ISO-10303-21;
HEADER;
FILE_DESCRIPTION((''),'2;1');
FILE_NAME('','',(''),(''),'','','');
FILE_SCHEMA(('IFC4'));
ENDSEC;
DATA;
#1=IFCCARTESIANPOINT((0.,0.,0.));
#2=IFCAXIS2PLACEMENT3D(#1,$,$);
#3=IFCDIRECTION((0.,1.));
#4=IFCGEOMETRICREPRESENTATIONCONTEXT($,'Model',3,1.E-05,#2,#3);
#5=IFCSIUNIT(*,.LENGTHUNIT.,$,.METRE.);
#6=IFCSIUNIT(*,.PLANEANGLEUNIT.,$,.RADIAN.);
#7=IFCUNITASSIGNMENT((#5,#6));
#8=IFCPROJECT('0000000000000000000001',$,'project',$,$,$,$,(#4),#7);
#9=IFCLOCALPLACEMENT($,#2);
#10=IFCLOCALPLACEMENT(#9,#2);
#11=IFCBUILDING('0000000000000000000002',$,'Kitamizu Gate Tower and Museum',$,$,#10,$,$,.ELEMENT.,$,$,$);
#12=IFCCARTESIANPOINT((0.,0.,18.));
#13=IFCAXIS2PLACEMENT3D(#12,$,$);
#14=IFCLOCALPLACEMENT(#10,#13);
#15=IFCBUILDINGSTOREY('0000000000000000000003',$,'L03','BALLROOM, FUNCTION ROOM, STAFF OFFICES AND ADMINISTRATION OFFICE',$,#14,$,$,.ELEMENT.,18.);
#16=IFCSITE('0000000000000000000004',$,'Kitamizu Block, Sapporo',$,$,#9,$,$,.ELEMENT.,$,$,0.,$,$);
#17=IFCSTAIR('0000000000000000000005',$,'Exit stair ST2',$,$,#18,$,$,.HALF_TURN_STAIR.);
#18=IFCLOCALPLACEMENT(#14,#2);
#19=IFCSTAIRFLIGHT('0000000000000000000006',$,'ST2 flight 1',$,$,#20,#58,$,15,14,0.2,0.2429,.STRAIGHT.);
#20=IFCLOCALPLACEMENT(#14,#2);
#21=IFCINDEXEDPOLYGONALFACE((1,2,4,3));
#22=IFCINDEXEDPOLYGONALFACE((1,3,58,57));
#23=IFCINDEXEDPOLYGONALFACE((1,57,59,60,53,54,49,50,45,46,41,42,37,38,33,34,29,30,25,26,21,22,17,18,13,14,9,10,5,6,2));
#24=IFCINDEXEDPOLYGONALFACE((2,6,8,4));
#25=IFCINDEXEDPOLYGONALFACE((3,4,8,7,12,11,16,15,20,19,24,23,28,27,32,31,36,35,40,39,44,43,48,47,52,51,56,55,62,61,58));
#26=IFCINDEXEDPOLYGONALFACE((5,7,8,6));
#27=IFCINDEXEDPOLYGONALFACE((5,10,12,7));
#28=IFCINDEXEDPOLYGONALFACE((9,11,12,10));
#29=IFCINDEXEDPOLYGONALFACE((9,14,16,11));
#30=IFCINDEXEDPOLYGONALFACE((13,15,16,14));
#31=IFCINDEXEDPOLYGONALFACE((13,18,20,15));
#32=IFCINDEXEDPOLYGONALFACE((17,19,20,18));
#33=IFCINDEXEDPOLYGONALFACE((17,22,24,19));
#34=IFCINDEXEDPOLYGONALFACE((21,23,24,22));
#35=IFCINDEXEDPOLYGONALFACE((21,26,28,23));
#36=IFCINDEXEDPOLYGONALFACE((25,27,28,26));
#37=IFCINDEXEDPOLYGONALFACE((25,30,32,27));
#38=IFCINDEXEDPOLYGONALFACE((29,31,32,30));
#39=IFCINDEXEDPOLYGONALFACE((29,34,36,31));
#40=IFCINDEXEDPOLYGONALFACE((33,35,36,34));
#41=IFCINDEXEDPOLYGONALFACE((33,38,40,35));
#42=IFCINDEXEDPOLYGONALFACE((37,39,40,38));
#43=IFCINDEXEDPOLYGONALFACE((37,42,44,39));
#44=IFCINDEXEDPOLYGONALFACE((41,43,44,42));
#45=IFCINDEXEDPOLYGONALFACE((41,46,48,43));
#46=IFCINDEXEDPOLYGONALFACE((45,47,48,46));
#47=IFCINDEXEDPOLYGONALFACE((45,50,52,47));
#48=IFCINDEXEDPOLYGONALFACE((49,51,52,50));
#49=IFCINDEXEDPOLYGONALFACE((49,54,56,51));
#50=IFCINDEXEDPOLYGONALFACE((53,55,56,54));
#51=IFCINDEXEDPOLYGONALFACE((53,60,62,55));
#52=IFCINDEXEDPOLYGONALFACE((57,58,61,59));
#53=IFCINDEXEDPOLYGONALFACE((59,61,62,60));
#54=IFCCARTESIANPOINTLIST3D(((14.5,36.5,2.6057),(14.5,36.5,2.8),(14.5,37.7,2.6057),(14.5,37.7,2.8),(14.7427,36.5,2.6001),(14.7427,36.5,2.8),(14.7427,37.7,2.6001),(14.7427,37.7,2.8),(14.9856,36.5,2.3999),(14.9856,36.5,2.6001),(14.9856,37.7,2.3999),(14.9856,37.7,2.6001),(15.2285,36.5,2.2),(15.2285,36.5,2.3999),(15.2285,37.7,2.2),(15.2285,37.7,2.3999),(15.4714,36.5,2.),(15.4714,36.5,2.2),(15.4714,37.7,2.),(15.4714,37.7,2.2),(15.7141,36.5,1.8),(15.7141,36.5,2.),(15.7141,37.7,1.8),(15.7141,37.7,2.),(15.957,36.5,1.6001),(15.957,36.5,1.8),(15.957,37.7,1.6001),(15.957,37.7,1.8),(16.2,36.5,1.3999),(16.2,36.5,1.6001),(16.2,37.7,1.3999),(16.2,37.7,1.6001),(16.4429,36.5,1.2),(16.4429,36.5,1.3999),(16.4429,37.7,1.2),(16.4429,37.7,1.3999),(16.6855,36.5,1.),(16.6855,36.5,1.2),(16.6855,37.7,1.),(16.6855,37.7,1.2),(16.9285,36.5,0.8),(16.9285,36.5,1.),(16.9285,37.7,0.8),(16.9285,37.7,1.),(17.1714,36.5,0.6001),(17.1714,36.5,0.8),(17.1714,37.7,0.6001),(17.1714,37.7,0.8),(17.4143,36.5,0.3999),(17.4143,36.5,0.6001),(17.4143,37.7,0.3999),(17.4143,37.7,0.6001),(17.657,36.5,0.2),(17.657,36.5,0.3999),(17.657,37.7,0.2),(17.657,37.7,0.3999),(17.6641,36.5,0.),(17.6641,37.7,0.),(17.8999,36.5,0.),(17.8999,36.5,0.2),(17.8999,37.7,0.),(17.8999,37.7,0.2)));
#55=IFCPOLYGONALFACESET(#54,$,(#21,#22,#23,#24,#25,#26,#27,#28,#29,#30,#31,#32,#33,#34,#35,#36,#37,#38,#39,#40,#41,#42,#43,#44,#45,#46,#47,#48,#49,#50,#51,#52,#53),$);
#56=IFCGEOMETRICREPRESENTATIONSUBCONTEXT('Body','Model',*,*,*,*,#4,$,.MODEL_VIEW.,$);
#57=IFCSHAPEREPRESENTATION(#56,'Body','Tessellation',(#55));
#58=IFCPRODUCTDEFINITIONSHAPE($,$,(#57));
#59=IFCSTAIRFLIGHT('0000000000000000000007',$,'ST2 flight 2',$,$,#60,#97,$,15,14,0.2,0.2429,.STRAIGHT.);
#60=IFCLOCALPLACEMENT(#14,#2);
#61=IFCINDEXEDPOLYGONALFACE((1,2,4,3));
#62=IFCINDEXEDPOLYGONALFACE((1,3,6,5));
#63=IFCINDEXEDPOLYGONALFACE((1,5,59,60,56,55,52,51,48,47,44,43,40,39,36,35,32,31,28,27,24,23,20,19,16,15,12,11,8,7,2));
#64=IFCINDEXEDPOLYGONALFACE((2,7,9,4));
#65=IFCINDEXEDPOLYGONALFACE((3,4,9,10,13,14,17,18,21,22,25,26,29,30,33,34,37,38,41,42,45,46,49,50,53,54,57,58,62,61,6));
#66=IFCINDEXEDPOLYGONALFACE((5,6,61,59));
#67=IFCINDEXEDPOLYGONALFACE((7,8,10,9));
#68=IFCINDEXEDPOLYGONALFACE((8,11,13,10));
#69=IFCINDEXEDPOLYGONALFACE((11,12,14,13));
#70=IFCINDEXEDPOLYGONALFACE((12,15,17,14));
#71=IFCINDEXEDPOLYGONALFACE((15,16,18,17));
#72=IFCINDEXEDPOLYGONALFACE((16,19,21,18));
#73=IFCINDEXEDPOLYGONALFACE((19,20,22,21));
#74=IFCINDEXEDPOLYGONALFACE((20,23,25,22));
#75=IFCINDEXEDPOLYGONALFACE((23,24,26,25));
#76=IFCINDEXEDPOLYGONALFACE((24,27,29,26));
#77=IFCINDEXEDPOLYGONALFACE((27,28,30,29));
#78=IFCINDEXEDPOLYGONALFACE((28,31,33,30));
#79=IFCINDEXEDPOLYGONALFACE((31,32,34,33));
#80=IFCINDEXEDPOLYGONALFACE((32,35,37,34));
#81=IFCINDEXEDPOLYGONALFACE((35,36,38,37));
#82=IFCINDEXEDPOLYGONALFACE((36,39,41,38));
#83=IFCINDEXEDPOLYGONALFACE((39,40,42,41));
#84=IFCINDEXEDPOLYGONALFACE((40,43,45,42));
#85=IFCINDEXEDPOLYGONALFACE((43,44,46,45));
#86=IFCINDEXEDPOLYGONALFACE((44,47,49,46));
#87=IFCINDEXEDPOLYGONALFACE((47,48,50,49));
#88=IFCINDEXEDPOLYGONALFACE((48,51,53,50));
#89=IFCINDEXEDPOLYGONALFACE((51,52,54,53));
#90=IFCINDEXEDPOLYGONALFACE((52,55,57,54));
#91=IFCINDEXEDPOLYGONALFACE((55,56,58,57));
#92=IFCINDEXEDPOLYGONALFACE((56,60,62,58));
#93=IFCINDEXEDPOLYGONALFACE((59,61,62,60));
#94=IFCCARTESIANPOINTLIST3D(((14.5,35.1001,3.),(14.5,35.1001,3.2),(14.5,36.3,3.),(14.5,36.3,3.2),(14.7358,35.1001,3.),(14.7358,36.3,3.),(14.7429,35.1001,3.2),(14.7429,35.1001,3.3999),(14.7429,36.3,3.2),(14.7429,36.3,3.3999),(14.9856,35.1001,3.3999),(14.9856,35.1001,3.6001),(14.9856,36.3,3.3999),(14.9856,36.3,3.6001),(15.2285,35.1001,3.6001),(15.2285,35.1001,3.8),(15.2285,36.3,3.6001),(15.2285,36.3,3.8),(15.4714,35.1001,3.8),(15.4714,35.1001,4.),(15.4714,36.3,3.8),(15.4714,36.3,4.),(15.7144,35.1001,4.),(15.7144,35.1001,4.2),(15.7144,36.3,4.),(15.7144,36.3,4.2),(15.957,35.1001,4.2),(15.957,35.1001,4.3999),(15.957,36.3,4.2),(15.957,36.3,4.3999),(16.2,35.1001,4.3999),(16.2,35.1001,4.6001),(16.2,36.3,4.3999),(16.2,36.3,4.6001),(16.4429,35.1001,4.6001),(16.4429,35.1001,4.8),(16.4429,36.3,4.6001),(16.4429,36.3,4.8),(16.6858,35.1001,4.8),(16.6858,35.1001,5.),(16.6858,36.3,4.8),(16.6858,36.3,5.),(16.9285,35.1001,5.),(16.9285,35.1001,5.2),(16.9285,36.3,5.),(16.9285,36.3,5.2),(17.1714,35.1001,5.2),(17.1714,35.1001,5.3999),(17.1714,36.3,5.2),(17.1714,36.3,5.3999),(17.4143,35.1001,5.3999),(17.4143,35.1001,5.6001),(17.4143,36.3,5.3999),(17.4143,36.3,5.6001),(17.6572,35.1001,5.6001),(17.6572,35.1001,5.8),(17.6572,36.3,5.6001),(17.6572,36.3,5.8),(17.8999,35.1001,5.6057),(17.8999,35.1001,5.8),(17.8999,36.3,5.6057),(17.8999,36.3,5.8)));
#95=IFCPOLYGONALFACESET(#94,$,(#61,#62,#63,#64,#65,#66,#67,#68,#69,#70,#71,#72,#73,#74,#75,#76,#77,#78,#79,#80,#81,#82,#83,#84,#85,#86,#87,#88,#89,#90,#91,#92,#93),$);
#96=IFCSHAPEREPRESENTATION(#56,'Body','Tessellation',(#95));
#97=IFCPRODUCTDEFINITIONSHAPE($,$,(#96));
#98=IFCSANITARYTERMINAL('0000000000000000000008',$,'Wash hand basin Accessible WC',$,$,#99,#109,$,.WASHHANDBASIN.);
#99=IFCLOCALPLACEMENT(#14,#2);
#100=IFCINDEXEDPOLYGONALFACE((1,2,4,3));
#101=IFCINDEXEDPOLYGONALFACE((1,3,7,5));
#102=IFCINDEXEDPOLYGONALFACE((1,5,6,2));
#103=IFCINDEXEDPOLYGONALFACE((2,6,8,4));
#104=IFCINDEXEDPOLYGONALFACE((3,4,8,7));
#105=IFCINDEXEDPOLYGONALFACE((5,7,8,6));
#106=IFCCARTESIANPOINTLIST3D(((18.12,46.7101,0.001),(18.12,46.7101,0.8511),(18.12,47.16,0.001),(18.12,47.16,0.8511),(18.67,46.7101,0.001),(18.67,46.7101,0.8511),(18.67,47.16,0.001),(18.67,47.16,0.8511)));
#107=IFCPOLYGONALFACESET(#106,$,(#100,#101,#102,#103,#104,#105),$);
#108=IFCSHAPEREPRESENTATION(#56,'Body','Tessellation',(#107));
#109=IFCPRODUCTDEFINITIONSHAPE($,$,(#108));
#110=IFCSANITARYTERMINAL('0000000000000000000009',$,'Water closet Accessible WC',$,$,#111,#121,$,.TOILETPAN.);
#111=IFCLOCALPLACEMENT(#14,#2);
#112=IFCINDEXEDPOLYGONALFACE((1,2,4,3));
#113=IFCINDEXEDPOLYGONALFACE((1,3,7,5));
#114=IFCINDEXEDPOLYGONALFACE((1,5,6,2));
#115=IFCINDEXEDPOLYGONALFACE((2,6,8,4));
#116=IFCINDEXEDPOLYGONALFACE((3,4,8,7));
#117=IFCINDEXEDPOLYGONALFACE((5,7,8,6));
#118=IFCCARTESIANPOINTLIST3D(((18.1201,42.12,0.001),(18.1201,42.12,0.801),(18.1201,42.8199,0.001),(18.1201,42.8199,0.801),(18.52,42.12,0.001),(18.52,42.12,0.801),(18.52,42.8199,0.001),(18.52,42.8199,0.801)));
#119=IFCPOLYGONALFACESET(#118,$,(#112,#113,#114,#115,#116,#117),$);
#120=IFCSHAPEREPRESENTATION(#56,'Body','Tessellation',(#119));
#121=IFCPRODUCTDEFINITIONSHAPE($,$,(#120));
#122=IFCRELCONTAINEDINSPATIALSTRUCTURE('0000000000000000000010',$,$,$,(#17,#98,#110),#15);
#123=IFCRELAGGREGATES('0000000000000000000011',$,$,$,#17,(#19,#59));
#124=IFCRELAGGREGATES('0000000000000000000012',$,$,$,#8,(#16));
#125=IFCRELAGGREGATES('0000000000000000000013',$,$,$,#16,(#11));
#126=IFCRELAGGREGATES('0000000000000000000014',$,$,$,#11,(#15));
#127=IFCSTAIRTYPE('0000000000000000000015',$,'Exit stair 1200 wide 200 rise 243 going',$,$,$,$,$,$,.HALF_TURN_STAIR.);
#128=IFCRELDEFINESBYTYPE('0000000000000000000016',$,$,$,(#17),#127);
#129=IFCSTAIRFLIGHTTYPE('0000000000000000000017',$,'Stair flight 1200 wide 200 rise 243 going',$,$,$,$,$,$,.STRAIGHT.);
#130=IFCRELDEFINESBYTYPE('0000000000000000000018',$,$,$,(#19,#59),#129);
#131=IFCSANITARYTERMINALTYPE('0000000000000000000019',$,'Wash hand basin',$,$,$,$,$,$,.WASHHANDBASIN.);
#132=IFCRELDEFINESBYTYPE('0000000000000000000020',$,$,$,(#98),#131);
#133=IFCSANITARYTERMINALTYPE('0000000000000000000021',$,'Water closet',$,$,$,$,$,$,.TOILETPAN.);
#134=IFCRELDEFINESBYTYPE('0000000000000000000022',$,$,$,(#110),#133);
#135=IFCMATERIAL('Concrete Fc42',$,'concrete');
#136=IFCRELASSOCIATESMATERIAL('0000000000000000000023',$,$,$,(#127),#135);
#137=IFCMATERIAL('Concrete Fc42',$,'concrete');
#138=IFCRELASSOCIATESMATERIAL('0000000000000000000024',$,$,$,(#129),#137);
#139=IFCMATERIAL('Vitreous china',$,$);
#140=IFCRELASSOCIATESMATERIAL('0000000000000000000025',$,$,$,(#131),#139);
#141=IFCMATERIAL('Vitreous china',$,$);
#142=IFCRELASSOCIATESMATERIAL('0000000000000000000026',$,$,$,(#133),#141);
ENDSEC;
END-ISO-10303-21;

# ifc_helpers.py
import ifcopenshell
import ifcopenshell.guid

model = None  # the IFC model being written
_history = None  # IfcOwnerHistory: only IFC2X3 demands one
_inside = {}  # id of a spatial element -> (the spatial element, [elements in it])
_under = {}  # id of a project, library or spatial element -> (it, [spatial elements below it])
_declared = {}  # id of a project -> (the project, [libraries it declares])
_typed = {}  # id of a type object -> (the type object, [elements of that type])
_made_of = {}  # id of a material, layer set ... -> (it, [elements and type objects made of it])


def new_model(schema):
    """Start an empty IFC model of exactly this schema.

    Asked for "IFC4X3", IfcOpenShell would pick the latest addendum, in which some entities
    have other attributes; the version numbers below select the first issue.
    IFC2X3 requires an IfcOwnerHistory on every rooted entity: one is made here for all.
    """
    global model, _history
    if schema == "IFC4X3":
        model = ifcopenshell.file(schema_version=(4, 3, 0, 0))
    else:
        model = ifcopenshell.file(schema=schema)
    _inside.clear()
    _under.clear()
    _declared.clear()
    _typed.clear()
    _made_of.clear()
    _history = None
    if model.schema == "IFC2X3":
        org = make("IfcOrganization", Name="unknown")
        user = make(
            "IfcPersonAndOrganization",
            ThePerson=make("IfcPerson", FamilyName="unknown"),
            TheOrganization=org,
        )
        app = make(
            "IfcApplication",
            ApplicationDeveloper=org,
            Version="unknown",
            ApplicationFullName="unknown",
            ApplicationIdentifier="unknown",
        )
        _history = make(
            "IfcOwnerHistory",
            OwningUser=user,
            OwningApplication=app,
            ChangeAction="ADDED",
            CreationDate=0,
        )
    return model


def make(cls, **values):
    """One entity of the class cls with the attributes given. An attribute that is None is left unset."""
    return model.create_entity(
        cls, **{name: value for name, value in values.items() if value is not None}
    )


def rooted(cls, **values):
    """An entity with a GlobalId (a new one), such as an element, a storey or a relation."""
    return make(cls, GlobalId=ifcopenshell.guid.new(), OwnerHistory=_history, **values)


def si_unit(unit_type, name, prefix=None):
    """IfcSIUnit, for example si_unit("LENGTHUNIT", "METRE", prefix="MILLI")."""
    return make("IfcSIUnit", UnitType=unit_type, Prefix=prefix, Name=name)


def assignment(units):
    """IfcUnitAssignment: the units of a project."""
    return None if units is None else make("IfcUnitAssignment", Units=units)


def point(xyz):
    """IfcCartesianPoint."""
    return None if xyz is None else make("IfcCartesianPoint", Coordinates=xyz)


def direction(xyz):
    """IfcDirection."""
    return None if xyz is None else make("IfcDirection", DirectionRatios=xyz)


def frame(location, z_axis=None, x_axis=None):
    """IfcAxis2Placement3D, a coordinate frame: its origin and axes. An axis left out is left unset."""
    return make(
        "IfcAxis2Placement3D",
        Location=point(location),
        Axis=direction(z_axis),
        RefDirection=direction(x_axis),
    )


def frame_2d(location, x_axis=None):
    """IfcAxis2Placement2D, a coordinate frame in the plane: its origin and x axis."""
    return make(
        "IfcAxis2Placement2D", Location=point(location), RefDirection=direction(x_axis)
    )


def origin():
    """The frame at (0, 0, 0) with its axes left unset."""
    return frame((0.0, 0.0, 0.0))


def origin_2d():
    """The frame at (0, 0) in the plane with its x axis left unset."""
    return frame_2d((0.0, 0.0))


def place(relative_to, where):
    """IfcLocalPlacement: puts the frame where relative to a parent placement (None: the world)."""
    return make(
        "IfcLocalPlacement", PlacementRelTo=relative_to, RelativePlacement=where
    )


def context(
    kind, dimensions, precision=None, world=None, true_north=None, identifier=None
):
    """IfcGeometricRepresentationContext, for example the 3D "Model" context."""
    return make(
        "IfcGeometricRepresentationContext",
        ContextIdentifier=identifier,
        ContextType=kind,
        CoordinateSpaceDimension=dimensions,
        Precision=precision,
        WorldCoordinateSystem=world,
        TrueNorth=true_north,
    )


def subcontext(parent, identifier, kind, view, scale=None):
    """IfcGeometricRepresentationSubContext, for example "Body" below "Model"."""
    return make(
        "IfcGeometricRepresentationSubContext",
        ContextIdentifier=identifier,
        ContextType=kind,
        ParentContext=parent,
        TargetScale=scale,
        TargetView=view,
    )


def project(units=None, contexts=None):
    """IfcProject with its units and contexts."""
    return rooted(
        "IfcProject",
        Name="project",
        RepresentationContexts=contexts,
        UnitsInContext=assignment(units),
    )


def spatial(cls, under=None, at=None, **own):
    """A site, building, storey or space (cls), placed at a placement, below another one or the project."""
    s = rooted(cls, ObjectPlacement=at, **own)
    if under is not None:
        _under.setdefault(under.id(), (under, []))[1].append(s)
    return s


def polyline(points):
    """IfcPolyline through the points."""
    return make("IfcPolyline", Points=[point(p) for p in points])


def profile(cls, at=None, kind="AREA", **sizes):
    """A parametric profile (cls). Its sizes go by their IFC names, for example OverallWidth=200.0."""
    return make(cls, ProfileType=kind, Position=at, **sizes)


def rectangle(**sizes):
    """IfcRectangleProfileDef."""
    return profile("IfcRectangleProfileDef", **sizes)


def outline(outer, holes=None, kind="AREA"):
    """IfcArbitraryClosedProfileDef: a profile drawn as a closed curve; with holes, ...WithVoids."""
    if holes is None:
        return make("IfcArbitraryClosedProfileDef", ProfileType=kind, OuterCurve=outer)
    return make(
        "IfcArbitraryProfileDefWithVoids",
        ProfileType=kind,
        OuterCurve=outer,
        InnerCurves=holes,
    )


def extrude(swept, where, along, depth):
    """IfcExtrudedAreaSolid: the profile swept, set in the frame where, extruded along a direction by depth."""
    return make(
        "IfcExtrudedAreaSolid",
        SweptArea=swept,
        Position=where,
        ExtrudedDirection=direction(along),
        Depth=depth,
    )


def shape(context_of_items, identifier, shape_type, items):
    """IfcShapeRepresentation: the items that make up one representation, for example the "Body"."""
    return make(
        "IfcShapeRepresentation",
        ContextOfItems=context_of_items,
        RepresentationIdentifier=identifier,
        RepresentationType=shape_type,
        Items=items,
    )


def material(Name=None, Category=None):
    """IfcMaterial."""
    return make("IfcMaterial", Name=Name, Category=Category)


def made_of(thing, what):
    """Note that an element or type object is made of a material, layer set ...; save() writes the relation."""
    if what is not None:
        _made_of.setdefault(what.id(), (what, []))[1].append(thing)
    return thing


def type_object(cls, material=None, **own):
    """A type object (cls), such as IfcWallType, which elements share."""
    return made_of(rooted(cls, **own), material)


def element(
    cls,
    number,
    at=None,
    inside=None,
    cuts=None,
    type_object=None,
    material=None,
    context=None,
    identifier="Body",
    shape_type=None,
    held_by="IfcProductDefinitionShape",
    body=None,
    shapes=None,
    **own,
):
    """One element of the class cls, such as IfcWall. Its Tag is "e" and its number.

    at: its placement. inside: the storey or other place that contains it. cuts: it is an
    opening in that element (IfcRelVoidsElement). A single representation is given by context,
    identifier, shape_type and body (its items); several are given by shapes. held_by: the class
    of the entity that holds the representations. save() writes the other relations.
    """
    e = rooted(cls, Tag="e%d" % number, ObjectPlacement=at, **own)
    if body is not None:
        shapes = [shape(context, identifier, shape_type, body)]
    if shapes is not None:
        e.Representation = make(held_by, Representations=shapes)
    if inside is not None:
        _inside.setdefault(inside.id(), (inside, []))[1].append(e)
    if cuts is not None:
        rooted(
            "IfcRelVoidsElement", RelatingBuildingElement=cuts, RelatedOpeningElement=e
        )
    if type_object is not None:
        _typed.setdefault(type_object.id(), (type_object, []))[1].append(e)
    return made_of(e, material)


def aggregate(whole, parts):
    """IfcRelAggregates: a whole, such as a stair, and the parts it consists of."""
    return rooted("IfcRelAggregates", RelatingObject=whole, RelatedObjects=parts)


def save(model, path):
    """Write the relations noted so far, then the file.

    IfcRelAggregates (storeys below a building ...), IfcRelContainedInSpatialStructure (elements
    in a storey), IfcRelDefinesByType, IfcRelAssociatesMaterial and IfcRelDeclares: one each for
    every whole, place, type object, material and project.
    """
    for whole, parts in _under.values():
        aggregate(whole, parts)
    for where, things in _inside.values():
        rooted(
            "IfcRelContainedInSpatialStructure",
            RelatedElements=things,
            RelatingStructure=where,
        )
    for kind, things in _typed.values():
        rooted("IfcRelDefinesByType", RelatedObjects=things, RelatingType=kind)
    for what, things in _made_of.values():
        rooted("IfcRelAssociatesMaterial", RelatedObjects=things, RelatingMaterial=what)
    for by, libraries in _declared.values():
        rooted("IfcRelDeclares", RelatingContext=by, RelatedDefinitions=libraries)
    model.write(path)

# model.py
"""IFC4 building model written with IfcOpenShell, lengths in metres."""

from ifc_helpers import new_model, si_unit, direction, frame, origin, origin_2d, place, context, subcontext, project, spatial, polyline, rectangle, outline, extrude, material, type_object, element, aggregate, save


model = new_model("IFC4")

# Units and contexts
model_context = context("Model", 3, precision=1e-05, world=origin(), true_north=direction((0.0, 1.0)))
body_context = subcontext(model_context, "Body", "Model", "MODEL_VIEW")
ifc_project = project(units=[si_unit("LENGTHUNIT", "METRE"), si_unit("PLANEANGLEUNIT", "RADIAN")], contexts=[model_context])

# Site, building, storey
site_placement = place(None, origin())
site = spatial("IfcSite", under=ifc_project, at=site_placement, Name="Kitamizu Block, Sapporo", CompositionType="ELEMENT", RefElevation=0.0)
building_placement = place(site_placement, origin())
building = spatial("IfcBuilding", under=site, at=building_placement, Name="Kitamizu Gate Tower and Museum", CompositionType="ELEMENT")
storey_placement = place(building_placement, frame((0.0, 0.0, 18.0)))
storey = spatial("IfcBuildingStorey", under=building, at=storey_placement, Name="L03", Description="BALLROOM, FUNCTION ROOM, STAFF OFFICES AND ADMINISTRATION OFFICE", CompositionType="ELEMENT", Elevation=18.0)

# Stair, stair flights
ifc_material_1 = material(Name="Concrete Fc42", Category="concrete")
stair_type = type_object("IfcStairType", Name="Exit stair 1200 wide 200 rise 243 going", PredefinedType="HALF_TURN_STAIR", material=ifc_material_1)
stair_placement = place(storey_placement, origin())
stair = element("IfcStair", 1, at=stair_placement, inside=storey, type_object=stair_type, Name="Exit stair ST2", PredefinedType="HALF_TURN_STAIR")
ifc_material_2 = material(Name="Concrete Fc42", Category="concrete")
stair_flight_type = type_object("IfcStairFlightType", Name="Stair flight 1200 wide 200 rise 243 going", PredefinedType="STRAIGHT", material=ifc_material_2)
stair_flight_1_placement = place(storey_placement, frame((17.8999, 37.1001, 0.0), z_axis=(0.0, 0.0, 1.0), x_axis=(-1.0, 0.0, 0.0)))
stair_flight_1 = element("IfcStairFlight", 2, at=stair_flight_1_placement, type_object=stair_flight_type, Name="ST2 flight 1", NumberOfRisers=15, NumberOfTreads=14, PredefinedType="STRAIGHT", RiserHeight=0.2, TreadLength=0.2429, context=body_context, shape_type="SweptSolid", body=[
    extrude(outline(polyline([(0.0, 0.0), (0.0, 0.2), (0.2429, 0.2), (0.2429, 0.3999), (0.4856, 0.3999), (0.4856, 0.6001), (0.7285, 0.6001), (0.7285, 0.8), (0.9714, 0.8), (0.9714, 1.0), (1.2144, 1.0), (1.2144, 1.2), (1.457, 1.2), (1.457, 1.3999), (1.7, 1.3999), (1.7, 1.6001), (1.9429, 1.6001), (1.9429, 1.8), (2.1858, 1.8), (2.1858, 2.0), (2.4285, 2.0), (2.4285, 2.2), (2.6714, 2.2), (2.6714, 2.3999), (2.9143, 2.3999), (2.9143, 2.6001), (3.1572, 2.6001), (3.1572, 2.8), (3.3999, 2.8), (3.3999, 3.0), (3.3999, 2.6057), (0.2358, 0.0), (0.0, 0.0)])), frame((0.0, 0.6001, 0.0), z_axis=(0.0, -1.0, 0.0), x_axis=(1.0, 0.0, 0.0)), (0.0, 0.0, 1.0), 1.2),
])
stair_flight_2_placement = place(storey_placement, frame((14.5, 35.7, 3.0), z_axis=(0.0, 0.0, 1.0), x_axis=(1.0, 0.0, 0.0)))
stair_flight_2 = element("IfcStairFlight", 3, at=stair_flight_2_placement, type_object=stair_flight_type, Name="ST2 flight 2", NumberOfRisers=15, NumberOfTreads=14, PredefinedType="STRAIGHT", RiserHeight=0.2, TreadLength=0.2429, context=body_context, shape_type="SweptSolid", body=[
    extrude(outline(polyline([(0.0, 0.0), (0.0, 0.2), (0.2429, 0.2), (0.2429, 0.3999), (0.4856, 0.3999), (0.4856, 0.6001), (0.7285, 0.6001), (0.7285, 0.8), (0.9714, 0.8), (0.9714, 1.0), (1.2144, 1.0), (1.2144, 1.2), (1.457, 1.2), (1.457, 1.3999), (1.7, 1.3999), (1.7, 1.6001), (1.9429, 1.6001), (1.9429, 1.8), (2.1858, 1.8), (2.1858, 2.0), (2.4285, 2.0), (2.4285, 2.2), (2.6714, 2.2), (2.6714, 2.3999), (2.9143, 2.3999), (2.9143, 2.6001), (3.1572, 2.6001), (3.1572, 2.8), (3.3999, 2.8), (3.3999, 3.0), (3.3999, 2.6057), (0.2358, 0.0), (0.0, 0.0)])), frame((0.0, 0.6001, 0.0), z_axis=(0.0, -1.0, 0.0), x_axis=(1.0, 0.0, 0.0)), (0.0, 0.0, 1.0), 1.2),
])
aggregate(stair, [stair_flight_1, stair_flight_2])

# Sanitary terminals
ifc_material_3 = material(Name="Vitreous china")
sanitary_terminal_type_1 = type_object("IfcSanitaryTerminalType", Name="Wash hand basin", PredefinedType="WASHHANDBASIN", material=ifc_material_3)
sanitary_terminal_1_placement = place(storey_placement, frame((18.395, 46.9351, 0.001), z_axis=(0.0, 0.0, 1.0), x_axis=(1.0, 0.0, 0.0)))
element("IfcSanitaryTerminal", 4, at=sanitary_terminal_1_placement, inside=storey, type_object=sanitary_terminal_type_1, Name="Wash hand basin Accessible WC", PredefinedType="WASHHANDBASIN", context=body_context, shape_type="SweptSolid", body=[
    extrude(rectangle(XDim=0.55, YDim=0.45, at=origin_2d()), origin(), (0.0, 0.0, 1.0), 0.8501),
])
ifc_material_4 = material(Name="Vitreous china")
sanitary_terminal_type_2 = type_object("IfcSanitaryTerminalType", Name="Water closet", PredefinedType="TOILETPAN", material=ifc_material_4)
sanitary_terminal_2_placement = place(storey_placement, frame((18.3201, 42.47, 0.001), z_axis=(0.0, 0.0, 1.0), x_axis=(1.0, 0.0, 0.0)))
element("IfcSanitaryTerminal", 5, at=sanitary_terminal_2_placement, inside=storey, type_object=sanitary_terminal_type_2, Name="Water closet Accessible WC", PredefinedType="TOILETPAN", context=body_context, shape_type="SweptSolid", body=[
    extrude(rectangle(XDim=0.3999, YDim=0.7, at=origin_2d()), origin(), (0.0, 0.0, 1.0), 0.8),
])

save(model, "model.ifc")
